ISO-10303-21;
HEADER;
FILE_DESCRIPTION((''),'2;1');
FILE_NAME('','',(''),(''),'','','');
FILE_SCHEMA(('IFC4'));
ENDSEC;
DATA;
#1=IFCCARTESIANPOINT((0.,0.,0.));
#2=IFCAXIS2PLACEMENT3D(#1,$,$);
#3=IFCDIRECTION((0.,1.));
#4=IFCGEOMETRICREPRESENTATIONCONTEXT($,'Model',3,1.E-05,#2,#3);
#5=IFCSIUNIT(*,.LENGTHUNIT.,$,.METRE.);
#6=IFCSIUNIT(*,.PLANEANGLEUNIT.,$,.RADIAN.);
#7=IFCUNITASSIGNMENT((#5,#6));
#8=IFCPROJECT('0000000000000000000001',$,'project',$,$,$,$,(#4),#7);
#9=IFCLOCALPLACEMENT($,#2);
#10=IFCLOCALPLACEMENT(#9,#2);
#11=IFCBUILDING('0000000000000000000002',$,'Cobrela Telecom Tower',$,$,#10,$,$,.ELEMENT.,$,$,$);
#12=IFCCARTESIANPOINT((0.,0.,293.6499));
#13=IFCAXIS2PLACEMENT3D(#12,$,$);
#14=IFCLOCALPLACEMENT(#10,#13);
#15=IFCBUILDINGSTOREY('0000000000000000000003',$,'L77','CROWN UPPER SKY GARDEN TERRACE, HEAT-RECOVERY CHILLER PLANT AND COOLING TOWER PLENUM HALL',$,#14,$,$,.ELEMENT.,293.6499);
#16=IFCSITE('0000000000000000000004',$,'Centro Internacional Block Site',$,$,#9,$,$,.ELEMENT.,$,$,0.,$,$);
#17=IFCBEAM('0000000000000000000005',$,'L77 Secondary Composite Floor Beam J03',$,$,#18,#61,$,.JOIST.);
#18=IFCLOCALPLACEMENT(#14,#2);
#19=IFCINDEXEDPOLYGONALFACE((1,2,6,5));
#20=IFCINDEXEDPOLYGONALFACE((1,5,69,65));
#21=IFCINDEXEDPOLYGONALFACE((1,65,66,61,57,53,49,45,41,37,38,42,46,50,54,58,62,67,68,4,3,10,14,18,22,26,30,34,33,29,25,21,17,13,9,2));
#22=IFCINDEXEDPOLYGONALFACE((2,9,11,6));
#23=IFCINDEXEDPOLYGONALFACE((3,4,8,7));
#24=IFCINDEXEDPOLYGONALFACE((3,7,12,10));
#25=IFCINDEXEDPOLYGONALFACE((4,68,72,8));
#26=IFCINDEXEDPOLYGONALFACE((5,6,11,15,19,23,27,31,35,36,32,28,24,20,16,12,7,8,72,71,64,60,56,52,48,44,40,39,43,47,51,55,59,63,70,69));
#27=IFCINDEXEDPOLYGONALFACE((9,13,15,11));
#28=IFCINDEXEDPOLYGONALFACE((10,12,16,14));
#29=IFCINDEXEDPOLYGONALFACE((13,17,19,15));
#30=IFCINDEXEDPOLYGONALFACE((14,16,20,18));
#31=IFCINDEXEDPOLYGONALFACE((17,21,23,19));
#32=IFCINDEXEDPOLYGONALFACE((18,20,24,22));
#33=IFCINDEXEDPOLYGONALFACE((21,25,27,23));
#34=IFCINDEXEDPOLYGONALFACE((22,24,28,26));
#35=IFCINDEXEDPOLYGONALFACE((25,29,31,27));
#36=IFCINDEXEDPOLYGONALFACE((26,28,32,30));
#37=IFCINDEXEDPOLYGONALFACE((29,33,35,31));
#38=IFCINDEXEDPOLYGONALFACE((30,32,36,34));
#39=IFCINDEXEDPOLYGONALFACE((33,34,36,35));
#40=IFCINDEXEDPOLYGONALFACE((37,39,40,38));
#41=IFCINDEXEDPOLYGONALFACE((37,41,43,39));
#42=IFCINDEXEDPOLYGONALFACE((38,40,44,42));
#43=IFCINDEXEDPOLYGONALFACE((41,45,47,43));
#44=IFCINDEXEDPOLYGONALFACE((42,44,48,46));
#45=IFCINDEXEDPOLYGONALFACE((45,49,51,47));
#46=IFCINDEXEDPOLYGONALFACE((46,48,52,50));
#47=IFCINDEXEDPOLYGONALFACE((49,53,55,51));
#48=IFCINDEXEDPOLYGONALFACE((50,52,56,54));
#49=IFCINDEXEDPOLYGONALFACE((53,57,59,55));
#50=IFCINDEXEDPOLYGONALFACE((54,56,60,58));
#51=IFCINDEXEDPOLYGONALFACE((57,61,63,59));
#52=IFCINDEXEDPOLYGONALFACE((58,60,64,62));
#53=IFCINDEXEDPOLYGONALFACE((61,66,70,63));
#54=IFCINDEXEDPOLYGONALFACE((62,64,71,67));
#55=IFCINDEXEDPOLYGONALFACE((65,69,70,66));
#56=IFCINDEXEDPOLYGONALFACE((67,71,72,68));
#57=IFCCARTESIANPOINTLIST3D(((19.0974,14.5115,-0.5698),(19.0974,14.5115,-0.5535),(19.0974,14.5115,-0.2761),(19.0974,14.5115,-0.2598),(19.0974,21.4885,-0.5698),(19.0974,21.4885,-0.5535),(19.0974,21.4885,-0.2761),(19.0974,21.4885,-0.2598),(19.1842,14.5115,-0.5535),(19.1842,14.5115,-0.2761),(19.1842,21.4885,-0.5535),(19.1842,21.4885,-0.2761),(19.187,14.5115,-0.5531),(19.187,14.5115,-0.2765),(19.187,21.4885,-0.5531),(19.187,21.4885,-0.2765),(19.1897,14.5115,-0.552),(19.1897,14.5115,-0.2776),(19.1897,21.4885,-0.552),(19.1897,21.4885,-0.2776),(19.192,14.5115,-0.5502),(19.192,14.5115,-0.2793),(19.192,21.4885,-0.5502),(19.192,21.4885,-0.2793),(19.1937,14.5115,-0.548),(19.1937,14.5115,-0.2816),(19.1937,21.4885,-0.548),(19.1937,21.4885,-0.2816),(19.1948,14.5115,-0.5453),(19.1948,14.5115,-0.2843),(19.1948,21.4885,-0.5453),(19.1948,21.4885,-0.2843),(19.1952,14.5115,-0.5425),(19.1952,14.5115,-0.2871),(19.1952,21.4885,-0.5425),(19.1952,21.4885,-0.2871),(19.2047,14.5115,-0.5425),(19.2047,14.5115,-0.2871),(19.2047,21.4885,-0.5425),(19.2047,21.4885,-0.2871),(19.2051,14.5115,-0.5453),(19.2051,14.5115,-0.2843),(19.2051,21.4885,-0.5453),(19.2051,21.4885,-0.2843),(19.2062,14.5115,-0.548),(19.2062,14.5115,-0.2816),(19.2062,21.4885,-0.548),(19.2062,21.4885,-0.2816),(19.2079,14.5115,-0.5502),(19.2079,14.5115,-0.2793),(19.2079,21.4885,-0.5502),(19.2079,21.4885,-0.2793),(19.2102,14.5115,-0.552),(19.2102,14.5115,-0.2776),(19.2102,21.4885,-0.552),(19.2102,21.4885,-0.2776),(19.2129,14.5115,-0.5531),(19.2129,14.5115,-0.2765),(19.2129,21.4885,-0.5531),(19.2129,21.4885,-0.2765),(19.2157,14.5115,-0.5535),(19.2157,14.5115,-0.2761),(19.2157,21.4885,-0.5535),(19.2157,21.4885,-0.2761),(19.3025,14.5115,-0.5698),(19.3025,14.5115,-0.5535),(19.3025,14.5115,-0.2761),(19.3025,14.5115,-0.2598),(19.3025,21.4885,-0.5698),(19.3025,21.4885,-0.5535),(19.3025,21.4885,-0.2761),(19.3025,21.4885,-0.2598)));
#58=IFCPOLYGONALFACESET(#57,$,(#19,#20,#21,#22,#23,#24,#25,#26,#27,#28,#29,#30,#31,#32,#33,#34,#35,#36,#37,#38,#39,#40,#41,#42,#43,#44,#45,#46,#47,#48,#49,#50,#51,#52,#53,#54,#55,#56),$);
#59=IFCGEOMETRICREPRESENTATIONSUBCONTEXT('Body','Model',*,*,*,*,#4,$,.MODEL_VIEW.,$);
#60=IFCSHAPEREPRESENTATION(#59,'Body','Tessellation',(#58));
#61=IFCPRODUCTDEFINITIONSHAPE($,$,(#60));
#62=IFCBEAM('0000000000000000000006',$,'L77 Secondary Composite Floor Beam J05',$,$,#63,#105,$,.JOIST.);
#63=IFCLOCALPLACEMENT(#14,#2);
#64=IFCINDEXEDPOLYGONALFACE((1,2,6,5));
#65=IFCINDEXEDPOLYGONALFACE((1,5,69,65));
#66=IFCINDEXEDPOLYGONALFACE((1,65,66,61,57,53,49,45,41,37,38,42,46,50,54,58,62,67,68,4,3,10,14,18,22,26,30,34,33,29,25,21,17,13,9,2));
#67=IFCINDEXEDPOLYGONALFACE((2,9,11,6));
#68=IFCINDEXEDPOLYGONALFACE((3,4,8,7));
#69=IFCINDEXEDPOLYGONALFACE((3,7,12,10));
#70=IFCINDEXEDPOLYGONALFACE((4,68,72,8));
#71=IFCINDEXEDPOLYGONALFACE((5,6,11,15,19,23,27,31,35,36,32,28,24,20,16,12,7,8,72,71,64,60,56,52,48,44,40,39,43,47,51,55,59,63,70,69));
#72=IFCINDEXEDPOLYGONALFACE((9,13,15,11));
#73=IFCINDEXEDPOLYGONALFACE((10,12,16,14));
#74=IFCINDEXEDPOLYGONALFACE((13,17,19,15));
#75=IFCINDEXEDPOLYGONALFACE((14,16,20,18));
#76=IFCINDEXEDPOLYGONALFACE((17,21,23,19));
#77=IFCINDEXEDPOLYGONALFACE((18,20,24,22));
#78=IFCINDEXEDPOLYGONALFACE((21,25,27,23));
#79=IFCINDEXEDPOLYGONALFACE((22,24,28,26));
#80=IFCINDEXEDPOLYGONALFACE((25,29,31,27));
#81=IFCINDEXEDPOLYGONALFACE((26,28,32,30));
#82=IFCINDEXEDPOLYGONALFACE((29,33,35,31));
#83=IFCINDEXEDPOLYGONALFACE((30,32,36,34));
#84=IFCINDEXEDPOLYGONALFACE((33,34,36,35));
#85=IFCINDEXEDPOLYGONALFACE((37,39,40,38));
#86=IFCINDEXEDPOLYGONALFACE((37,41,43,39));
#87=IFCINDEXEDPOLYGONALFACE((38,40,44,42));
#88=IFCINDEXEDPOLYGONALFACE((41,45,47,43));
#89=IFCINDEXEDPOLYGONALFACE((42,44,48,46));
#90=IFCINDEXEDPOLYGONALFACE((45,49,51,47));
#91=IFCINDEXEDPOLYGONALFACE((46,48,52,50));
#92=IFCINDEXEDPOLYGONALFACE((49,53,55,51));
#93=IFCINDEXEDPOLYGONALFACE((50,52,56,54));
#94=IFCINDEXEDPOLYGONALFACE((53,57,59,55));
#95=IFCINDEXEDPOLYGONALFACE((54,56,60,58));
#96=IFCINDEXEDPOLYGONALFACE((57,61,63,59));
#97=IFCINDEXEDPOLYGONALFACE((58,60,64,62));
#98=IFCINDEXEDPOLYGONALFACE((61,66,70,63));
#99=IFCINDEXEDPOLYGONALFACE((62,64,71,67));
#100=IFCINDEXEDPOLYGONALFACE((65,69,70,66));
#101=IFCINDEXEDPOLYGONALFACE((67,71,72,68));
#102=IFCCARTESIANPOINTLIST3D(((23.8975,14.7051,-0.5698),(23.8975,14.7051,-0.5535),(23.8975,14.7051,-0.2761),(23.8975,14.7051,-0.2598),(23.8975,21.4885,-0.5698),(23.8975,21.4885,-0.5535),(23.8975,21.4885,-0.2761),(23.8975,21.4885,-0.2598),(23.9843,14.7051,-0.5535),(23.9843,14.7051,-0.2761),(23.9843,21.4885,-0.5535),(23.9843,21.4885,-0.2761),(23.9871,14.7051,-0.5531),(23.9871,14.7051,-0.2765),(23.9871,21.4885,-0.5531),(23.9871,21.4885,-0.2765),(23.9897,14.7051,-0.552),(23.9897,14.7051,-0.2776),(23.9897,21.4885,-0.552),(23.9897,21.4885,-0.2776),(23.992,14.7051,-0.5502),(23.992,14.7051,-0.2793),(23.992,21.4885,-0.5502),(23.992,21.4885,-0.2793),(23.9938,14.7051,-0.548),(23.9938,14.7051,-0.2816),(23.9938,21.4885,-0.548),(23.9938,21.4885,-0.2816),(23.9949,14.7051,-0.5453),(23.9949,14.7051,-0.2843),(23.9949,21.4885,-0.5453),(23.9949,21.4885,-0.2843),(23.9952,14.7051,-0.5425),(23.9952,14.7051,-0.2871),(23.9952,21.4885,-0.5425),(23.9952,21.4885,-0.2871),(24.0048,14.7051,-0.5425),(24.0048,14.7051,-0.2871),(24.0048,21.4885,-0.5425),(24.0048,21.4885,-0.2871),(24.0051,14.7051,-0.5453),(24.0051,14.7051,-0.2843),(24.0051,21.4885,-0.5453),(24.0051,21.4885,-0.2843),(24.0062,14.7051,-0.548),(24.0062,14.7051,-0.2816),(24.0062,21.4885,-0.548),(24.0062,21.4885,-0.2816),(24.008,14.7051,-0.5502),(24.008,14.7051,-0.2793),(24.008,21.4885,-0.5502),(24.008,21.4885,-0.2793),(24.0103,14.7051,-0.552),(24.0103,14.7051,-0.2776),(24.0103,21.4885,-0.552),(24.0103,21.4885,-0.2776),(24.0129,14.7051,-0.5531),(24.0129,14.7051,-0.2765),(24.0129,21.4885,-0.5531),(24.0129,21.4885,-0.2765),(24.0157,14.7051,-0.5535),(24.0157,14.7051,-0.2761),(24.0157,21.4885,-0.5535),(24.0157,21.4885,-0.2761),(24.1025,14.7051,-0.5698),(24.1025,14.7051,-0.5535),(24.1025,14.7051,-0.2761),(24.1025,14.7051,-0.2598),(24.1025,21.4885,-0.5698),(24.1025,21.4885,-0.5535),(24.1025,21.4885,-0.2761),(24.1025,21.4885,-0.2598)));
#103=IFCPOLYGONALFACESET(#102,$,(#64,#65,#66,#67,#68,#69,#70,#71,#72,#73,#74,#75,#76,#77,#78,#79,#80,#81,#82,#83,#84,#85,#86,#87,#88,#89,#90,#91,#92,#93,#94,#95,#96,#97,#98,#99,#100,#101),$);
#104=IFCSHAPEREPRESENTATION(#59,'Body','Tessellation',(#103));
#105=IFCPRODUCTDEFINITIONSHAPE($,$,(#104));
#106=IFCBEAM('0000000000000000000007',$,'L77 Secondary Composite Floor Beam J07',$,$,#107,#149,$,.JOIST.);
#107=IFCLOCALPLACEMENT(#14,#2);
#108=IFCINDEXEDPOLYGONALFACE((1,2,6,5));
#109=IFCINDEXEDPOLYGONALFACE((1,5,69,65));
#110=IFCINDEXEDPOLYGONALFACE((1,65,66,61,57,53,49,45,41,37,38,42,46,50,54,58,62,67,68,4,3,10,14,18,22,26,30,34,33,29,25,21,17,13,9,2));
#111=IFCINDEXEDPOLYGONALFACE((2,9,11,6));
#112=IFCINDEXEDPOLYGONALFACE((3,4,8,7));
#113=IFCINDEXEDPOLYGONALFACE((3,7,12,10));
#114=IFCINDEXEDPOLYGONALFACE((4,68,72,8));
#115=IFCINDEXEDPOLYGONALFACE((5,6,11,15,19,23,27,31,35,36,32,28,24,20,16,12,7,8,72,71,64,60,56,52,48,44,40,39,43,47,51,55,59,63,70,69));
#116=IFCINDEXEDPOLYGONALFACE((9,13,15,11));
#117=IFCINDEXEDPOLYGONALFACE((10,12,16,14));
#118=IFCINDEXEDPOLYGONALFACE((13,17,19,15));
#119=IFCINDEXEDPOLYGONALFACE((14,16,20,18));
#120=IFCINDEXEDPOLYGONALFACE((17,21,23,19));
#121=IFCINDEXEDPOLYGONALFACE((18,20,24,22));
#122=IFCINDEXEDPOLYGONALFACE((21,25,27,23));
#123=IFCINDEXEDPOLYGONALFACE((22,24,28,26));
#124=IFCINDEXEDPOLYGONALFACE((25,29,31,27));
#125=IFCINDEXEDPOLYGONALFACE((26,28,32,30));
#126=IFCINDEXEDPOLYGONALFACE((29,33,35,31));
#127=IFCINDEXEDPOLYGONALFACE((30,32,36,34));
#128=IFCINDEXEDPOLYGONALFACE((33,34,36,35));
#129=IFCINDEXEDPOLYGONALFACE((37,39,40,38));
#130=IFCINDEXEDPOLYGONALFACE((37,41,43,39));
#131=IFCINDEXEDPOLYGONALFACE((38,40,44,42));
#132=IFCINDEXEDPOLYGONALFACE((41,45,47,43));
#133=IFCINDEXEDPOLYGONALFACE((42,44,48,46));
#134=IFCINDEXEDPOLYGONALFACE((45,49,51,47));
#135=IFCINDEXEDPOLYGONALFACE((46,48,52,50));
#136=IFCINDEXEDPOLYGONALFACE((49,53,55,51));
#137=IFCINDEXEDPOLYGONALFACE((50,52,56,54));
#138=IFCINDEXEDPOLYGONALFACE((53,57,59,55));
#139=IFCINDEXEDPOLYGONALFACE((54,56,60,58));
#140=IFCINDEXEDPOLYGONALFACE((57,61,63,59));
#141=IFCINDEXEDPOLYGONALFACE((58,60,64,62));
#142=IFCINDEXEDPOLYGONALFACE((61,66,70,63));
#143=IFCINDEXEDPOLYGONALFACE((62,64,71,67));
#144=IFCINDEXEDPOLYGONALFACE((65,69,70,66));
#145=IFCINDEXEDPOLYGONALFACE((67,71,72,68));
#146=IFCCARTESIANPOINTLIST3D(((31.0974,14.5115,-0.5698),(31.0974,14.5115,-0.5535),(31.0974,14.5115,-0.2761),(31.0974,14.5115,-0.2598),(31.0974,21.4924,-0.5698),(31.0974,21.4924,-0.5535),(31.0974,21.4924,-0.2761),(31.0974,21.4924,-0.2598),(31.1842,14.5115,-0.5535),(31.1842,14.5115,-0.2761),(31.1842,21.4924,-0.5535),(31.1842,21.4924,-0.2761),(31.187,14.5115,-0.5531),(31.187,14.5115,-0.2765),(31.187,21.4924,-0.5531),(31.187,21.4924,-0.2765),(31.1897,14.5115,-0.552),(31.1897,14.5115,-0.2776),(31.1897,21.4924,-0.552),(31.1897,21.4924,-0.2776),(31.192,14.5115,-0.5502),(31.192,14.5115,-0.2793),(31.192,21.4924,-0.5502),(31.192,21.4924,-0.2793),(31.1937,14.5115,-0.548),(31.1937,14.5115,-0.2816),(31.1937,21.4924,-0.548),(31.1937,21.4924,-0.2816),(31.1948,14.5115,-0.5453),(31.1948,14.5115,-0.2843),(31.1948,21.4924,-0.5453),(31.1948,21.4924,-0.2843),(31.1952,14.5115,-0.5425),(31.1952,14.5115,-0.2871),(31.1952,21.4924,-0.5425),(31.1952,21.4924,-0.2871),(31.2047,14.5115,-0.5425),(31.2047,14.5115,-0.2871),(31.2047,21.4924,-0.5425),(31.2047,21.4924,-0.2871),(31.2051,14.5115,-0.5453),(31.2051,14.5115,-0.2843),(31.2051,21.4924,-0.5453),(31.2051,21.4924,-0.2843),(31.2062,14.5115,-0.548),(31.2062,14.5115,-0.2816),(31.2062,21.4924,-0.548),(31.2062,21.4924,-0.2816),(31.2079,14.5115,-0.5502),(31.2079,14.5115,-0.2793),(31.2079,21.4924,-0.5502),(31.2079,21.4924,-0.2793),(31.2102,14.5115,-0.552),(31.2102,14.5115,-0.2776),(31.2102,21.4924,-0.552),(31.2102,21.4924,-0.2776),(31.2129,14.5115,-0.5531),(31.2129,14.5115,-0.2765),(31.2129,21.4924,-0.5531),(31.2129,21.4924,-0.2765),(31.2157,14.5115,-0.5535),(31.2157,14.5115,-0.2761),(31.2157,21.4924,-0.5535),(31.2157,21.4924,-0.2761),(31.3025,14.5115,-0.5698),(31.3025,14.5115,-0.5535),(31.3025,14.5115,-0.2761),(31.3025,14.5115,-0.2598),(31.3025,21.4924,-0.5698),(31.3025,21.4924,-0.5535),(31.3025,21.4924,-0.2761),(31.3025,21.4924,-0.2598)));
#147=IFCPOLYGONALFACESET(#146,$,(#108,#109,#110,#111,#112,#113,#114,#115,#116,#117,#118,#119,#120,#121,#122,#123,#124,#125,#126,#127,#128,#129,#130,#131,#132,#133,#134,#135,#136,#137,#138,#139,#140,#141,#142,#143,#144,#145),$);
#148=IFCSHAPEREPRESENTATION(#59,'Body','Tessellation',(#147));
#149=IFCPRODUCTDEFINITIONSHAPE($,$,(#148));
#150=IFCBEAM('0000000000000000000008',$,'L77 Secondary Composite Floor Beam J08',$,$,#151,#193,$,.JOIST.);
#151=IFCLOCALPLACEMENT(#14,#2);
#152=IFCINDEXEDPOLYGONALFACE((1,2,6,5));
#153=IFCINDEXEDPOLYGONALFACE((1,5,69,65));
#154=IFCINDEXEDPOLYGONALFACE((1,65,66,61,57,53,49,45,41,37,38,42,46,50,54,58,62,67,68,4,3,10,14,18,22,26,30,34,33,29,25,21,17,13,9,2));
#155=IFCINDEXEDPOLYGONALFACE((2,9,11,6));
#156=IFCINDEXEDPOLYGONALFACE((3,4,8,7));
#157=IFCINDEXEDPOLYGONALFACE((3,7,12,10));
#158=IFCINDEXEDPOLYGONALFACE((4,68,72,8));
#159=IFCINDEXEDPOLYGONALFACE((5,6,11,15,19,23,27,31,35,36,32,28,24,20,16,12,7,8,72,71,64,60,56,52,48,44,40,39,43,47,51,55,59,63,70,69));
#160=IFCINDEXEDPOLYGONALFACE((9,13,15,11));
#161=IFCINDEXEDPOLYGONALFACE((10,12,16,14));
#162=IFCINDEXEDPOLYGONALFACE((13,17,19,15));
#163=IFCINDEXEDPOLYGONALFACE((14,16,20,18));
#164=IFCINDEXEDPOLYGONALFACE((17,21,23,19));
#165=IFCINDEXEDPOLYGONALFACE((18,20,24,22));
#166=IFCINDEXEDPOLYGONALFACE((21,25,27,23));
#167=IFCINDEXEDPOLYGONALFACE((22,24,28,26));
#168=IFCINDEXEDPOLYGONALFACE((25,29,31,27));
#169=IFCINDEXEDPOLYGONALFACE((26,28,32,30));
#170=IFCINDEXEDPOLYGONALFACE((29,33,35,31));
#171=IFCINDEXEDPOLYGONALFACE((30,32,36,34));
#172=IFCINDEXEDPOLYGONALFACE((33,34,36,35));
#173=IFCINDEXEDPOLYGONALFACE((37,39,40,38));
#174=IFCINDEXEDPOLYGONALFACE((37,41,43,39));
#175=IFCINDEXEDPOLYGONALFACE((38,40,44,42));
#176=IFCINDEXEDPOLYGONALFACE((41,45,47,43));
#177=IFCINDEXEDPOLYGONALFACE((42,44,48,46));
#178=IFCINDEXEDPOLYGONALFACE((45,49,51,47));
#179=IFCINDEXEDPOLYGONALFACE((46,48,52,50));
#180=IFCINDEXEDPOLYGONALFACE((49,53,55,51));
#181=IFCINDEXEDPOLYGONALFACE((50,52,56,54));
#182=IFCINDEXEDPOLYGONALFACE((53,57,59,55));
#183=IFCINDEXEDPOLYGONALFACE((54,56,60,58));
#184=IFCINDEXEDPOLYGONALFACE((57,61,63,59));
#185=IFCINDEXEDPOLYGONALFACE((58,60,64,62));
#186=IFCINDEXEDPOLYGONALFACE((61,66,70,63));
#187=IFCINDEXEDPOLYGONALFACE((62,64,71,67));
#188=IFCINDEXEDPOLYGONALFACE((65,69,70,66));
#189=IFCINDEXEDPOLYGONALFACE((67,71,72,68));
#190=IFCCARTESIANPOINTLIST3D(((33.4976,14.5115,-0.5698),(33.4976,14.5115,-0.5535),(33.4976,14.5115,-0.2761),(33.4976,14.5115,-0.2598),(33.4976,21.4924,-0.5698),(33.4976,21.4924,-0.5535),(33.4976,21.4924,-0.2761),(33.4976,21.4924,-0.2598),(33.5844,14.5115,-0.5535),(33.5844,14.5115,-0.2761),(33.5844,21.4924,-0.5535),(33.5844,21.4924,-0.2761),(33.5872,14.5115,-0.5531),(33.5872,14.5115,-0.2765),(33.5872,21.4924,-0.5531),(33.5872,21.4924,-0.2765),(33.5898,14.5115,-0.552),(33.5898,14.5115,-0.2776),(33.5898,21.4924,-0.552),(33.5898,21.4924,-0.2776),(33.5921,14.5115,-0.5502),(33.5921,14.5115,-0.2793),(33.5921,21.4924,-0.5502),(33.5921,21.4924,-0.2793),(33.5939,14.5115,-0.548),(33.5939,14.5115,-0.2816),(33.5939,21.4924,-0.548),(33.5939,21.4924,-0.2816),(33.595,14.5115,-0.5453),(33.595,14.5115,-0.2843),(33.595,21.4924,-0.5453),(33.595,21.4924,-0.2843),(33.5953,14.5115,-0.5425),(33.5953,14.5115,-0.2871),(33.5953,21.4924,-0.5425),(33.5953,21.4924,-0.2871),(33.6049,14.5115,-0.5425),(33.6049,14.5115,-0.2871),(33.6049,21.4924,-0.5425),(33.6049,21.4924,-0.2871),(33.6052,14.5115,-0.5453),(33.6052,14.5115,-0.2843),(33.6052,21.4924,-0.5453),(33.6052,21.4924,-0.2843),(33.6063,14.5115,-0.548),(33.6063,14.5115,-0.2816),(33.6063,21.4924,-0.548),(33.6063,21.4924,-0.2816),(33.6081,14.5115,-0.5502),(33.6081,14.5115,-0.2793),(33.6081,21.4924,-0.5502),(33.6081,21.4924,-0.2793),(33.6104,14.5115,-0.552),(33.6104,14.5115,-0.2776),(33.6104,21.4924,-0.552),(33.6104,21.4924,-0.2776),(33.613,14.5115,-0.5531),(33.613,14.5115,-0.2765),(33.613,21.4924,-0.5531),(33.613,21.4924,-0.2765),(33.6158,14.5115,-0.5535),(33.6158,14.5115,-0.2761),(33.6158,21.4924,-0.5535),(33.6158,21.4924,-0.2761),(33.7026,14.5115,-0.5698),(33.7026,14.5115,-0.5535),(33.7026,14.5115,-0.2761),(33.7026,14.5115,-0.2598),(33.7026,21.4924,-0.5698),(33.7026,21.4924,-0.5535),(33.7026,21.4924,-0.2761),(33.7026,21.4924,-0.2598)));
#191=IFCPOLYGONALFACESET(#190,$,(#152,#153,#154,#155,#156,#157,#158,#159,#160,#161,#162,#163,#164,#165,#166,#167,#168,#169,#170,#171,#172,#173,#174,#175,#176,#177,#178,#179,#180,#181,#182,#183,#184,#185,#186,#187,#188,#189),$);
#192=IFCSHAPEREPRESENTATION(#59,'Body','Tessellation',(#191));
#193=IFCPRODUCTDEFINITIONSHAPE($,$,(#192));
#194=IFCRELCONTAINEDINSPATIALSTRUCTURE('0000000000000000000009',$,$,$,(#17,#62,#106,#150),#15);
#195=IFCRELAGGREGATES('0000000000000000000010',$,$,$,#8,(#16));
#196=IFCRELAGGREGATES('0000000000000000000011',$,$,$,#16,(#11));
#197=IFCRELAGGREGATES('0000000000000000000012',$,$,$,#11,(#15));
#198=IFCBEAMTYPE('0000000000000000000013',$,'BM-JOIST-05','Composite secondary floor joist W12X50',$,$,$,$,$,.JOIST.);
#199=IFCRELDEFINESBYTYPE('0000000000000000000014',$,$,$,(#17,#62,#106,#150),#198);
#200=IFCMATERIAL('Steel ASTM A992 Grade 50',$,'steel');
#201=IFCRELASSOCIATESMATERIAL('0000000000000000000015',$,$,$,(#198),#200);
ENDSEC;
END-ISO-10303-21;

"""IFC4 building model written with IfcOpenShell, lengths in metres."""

from ifc_helpers import new_model, si_unit, direction, frame, origin, origin_2d, place, context, subcontext, project, spatial, i_section, extrude, material, material_profile, profile_set, type_object, element, save


model = new_model("IFC4")

# Units and contexts
model_context = context("Model", 3, precision=1e-05, world=origin(), true_north=direction((0.0, 1.0)))
body_context = subcontext(model_context, "Body", "Model", "MODEL_VIEW")
ifc_project = project(units=[si_unit("LENGTHUNIT", "METRE"), si_unit("PLANEANGLEUNIT", "RADIAN")], contexts=[model_context])

# Site, building, storey
site_placement = place(None, origin())
site = spatial("IfcSite", under=ifc_project, at=site_placement, Name="Centro Internacional Block Site", CompositionType="ELEMENT", RefElevation=0.0)
building_placement = place(site_placement, origin())
building = spatial("IfcBuilding", under=site, at=building_placement, Name="Cobrela Telecom Tower", CompositionType="ELEMENT")
storey_placement = place(building_placement, frame((0.0, 0.0, 293.6499)))
storey = spatial("IfcBuildingStorey", under=building, at=storey_placement, Name="L77", Description="CROWN UPPER SKY GARDEN TERRACE, HEAT-RECOVERY CHILLER PLANT AND COOLING TOWER PLENUM HALL", CompositionType="ELEMENT", Elevation=293.6499)

# Shared definitions
ifc_material_1 = material(Name="Steel ASTM A992 Grade 50", Category="steel")

# Beams
ifc_material_profile_1 = material_profile(ifc_material_1, i_section(OverallWidth=0.2051, OverallDepth=0.3101, WebThickness=0.0095, FlangeThickness=0.0164, FilletRadius=0.011, at=origin_2d()), Name="W12X50")
ifc_profile_set_1 = profile_set([ifc_material_profile_1], Name="Steel ASTM A992 Grade 50")
beam_type_1 = type_object("IfcBeamType", Name="BM-JOIST-05", Description="Composite secondary floor joist W12X50", PredefinedType="JOIST", material=ifc_profile_set_1)
for number, where, z_axis, x_axis, name in (
    (1, (19.2, 14.5115, -0.4148), (0.0, 1.0, 0.0), (-1.0, 0.0, 0.0), "L77 Secondary Composite Floor Beam J03"),
):
    element("IfcBeam", number, at=place(storey_placement, frame(where, z_axis=z_axis, x_axis=x_axis)), inside=storey, type_object=beam_type_1, Name=name, PredefinedType="JOIST", context=body_context, shape_type="SweptSolid", body=[
        extrude(i_section(OverallWidth=0.2051, OverallDepth=0.3101, WebThickness=0.0095, FlangeThickness=0.0164, FilletRadius=0.011, at=origin_2d()), origin(), (0.0, 0.0, 1.0), 6.9771),
    ])
beam_1_placement = place(storey_placement, frame((24.0, 14.7051, -0.4148), z_axis=(0.0, 1.0, 0.0), x_axis=(-1.0, 0.0, 0.0)))
element("IfcBeam", 2, at=beam_1_placement, inside=storey, type_object=beam_type_1, Name="L77 Secondary Composite Floor Beam J05", PredefinedType="JOIST", context=body_context, shape_type="SweptSolid", body=[
    extrude(i_section(OverallWidth=0.2051, OverallDepth=0.3101, WebThickness=0.0095, FlangeThickness=0.0164, FilletRadius=0.011, at=origin_2d()), origin(), (0.0, 0.0, 1.0), 6.7834),
])
for number, where, z_axis, x_axis, name in (
    (3, (31.2, 14.5115, -0.4148), (0.0, 1.0, 0.0), (-1.0, 0.0, 0.0), "L77 Secondary Composite Floor Beam J07"),
    (4, (33.6001, 14.5115, -0.4148), (0.0, 1.0, 0.0), (-1.0, 0.0, 0.0), "L77 Secondary Composite Floor Beam J08"),
):
    element("IfcBeam", number, at=place(storey_placement, frame(where, z_axis=z_axis, x_axis=x_axis)), inside=storey, type_object=beam_type_1, Name=name, PredefinedType="JOIST", context=body_context, shape_type="SweptSolid", body=[
        extrude(i_section(OverallWidth=0.2051, OverallDepth=0.3101, WebThickness=0.0095, FlangeThickness=0.0164, FilletRadius=0.011, at=origin_2d()), origin(), (0.0, 0.0, 1.0), 6.981),
    ])

save(model, "model.ifc")
